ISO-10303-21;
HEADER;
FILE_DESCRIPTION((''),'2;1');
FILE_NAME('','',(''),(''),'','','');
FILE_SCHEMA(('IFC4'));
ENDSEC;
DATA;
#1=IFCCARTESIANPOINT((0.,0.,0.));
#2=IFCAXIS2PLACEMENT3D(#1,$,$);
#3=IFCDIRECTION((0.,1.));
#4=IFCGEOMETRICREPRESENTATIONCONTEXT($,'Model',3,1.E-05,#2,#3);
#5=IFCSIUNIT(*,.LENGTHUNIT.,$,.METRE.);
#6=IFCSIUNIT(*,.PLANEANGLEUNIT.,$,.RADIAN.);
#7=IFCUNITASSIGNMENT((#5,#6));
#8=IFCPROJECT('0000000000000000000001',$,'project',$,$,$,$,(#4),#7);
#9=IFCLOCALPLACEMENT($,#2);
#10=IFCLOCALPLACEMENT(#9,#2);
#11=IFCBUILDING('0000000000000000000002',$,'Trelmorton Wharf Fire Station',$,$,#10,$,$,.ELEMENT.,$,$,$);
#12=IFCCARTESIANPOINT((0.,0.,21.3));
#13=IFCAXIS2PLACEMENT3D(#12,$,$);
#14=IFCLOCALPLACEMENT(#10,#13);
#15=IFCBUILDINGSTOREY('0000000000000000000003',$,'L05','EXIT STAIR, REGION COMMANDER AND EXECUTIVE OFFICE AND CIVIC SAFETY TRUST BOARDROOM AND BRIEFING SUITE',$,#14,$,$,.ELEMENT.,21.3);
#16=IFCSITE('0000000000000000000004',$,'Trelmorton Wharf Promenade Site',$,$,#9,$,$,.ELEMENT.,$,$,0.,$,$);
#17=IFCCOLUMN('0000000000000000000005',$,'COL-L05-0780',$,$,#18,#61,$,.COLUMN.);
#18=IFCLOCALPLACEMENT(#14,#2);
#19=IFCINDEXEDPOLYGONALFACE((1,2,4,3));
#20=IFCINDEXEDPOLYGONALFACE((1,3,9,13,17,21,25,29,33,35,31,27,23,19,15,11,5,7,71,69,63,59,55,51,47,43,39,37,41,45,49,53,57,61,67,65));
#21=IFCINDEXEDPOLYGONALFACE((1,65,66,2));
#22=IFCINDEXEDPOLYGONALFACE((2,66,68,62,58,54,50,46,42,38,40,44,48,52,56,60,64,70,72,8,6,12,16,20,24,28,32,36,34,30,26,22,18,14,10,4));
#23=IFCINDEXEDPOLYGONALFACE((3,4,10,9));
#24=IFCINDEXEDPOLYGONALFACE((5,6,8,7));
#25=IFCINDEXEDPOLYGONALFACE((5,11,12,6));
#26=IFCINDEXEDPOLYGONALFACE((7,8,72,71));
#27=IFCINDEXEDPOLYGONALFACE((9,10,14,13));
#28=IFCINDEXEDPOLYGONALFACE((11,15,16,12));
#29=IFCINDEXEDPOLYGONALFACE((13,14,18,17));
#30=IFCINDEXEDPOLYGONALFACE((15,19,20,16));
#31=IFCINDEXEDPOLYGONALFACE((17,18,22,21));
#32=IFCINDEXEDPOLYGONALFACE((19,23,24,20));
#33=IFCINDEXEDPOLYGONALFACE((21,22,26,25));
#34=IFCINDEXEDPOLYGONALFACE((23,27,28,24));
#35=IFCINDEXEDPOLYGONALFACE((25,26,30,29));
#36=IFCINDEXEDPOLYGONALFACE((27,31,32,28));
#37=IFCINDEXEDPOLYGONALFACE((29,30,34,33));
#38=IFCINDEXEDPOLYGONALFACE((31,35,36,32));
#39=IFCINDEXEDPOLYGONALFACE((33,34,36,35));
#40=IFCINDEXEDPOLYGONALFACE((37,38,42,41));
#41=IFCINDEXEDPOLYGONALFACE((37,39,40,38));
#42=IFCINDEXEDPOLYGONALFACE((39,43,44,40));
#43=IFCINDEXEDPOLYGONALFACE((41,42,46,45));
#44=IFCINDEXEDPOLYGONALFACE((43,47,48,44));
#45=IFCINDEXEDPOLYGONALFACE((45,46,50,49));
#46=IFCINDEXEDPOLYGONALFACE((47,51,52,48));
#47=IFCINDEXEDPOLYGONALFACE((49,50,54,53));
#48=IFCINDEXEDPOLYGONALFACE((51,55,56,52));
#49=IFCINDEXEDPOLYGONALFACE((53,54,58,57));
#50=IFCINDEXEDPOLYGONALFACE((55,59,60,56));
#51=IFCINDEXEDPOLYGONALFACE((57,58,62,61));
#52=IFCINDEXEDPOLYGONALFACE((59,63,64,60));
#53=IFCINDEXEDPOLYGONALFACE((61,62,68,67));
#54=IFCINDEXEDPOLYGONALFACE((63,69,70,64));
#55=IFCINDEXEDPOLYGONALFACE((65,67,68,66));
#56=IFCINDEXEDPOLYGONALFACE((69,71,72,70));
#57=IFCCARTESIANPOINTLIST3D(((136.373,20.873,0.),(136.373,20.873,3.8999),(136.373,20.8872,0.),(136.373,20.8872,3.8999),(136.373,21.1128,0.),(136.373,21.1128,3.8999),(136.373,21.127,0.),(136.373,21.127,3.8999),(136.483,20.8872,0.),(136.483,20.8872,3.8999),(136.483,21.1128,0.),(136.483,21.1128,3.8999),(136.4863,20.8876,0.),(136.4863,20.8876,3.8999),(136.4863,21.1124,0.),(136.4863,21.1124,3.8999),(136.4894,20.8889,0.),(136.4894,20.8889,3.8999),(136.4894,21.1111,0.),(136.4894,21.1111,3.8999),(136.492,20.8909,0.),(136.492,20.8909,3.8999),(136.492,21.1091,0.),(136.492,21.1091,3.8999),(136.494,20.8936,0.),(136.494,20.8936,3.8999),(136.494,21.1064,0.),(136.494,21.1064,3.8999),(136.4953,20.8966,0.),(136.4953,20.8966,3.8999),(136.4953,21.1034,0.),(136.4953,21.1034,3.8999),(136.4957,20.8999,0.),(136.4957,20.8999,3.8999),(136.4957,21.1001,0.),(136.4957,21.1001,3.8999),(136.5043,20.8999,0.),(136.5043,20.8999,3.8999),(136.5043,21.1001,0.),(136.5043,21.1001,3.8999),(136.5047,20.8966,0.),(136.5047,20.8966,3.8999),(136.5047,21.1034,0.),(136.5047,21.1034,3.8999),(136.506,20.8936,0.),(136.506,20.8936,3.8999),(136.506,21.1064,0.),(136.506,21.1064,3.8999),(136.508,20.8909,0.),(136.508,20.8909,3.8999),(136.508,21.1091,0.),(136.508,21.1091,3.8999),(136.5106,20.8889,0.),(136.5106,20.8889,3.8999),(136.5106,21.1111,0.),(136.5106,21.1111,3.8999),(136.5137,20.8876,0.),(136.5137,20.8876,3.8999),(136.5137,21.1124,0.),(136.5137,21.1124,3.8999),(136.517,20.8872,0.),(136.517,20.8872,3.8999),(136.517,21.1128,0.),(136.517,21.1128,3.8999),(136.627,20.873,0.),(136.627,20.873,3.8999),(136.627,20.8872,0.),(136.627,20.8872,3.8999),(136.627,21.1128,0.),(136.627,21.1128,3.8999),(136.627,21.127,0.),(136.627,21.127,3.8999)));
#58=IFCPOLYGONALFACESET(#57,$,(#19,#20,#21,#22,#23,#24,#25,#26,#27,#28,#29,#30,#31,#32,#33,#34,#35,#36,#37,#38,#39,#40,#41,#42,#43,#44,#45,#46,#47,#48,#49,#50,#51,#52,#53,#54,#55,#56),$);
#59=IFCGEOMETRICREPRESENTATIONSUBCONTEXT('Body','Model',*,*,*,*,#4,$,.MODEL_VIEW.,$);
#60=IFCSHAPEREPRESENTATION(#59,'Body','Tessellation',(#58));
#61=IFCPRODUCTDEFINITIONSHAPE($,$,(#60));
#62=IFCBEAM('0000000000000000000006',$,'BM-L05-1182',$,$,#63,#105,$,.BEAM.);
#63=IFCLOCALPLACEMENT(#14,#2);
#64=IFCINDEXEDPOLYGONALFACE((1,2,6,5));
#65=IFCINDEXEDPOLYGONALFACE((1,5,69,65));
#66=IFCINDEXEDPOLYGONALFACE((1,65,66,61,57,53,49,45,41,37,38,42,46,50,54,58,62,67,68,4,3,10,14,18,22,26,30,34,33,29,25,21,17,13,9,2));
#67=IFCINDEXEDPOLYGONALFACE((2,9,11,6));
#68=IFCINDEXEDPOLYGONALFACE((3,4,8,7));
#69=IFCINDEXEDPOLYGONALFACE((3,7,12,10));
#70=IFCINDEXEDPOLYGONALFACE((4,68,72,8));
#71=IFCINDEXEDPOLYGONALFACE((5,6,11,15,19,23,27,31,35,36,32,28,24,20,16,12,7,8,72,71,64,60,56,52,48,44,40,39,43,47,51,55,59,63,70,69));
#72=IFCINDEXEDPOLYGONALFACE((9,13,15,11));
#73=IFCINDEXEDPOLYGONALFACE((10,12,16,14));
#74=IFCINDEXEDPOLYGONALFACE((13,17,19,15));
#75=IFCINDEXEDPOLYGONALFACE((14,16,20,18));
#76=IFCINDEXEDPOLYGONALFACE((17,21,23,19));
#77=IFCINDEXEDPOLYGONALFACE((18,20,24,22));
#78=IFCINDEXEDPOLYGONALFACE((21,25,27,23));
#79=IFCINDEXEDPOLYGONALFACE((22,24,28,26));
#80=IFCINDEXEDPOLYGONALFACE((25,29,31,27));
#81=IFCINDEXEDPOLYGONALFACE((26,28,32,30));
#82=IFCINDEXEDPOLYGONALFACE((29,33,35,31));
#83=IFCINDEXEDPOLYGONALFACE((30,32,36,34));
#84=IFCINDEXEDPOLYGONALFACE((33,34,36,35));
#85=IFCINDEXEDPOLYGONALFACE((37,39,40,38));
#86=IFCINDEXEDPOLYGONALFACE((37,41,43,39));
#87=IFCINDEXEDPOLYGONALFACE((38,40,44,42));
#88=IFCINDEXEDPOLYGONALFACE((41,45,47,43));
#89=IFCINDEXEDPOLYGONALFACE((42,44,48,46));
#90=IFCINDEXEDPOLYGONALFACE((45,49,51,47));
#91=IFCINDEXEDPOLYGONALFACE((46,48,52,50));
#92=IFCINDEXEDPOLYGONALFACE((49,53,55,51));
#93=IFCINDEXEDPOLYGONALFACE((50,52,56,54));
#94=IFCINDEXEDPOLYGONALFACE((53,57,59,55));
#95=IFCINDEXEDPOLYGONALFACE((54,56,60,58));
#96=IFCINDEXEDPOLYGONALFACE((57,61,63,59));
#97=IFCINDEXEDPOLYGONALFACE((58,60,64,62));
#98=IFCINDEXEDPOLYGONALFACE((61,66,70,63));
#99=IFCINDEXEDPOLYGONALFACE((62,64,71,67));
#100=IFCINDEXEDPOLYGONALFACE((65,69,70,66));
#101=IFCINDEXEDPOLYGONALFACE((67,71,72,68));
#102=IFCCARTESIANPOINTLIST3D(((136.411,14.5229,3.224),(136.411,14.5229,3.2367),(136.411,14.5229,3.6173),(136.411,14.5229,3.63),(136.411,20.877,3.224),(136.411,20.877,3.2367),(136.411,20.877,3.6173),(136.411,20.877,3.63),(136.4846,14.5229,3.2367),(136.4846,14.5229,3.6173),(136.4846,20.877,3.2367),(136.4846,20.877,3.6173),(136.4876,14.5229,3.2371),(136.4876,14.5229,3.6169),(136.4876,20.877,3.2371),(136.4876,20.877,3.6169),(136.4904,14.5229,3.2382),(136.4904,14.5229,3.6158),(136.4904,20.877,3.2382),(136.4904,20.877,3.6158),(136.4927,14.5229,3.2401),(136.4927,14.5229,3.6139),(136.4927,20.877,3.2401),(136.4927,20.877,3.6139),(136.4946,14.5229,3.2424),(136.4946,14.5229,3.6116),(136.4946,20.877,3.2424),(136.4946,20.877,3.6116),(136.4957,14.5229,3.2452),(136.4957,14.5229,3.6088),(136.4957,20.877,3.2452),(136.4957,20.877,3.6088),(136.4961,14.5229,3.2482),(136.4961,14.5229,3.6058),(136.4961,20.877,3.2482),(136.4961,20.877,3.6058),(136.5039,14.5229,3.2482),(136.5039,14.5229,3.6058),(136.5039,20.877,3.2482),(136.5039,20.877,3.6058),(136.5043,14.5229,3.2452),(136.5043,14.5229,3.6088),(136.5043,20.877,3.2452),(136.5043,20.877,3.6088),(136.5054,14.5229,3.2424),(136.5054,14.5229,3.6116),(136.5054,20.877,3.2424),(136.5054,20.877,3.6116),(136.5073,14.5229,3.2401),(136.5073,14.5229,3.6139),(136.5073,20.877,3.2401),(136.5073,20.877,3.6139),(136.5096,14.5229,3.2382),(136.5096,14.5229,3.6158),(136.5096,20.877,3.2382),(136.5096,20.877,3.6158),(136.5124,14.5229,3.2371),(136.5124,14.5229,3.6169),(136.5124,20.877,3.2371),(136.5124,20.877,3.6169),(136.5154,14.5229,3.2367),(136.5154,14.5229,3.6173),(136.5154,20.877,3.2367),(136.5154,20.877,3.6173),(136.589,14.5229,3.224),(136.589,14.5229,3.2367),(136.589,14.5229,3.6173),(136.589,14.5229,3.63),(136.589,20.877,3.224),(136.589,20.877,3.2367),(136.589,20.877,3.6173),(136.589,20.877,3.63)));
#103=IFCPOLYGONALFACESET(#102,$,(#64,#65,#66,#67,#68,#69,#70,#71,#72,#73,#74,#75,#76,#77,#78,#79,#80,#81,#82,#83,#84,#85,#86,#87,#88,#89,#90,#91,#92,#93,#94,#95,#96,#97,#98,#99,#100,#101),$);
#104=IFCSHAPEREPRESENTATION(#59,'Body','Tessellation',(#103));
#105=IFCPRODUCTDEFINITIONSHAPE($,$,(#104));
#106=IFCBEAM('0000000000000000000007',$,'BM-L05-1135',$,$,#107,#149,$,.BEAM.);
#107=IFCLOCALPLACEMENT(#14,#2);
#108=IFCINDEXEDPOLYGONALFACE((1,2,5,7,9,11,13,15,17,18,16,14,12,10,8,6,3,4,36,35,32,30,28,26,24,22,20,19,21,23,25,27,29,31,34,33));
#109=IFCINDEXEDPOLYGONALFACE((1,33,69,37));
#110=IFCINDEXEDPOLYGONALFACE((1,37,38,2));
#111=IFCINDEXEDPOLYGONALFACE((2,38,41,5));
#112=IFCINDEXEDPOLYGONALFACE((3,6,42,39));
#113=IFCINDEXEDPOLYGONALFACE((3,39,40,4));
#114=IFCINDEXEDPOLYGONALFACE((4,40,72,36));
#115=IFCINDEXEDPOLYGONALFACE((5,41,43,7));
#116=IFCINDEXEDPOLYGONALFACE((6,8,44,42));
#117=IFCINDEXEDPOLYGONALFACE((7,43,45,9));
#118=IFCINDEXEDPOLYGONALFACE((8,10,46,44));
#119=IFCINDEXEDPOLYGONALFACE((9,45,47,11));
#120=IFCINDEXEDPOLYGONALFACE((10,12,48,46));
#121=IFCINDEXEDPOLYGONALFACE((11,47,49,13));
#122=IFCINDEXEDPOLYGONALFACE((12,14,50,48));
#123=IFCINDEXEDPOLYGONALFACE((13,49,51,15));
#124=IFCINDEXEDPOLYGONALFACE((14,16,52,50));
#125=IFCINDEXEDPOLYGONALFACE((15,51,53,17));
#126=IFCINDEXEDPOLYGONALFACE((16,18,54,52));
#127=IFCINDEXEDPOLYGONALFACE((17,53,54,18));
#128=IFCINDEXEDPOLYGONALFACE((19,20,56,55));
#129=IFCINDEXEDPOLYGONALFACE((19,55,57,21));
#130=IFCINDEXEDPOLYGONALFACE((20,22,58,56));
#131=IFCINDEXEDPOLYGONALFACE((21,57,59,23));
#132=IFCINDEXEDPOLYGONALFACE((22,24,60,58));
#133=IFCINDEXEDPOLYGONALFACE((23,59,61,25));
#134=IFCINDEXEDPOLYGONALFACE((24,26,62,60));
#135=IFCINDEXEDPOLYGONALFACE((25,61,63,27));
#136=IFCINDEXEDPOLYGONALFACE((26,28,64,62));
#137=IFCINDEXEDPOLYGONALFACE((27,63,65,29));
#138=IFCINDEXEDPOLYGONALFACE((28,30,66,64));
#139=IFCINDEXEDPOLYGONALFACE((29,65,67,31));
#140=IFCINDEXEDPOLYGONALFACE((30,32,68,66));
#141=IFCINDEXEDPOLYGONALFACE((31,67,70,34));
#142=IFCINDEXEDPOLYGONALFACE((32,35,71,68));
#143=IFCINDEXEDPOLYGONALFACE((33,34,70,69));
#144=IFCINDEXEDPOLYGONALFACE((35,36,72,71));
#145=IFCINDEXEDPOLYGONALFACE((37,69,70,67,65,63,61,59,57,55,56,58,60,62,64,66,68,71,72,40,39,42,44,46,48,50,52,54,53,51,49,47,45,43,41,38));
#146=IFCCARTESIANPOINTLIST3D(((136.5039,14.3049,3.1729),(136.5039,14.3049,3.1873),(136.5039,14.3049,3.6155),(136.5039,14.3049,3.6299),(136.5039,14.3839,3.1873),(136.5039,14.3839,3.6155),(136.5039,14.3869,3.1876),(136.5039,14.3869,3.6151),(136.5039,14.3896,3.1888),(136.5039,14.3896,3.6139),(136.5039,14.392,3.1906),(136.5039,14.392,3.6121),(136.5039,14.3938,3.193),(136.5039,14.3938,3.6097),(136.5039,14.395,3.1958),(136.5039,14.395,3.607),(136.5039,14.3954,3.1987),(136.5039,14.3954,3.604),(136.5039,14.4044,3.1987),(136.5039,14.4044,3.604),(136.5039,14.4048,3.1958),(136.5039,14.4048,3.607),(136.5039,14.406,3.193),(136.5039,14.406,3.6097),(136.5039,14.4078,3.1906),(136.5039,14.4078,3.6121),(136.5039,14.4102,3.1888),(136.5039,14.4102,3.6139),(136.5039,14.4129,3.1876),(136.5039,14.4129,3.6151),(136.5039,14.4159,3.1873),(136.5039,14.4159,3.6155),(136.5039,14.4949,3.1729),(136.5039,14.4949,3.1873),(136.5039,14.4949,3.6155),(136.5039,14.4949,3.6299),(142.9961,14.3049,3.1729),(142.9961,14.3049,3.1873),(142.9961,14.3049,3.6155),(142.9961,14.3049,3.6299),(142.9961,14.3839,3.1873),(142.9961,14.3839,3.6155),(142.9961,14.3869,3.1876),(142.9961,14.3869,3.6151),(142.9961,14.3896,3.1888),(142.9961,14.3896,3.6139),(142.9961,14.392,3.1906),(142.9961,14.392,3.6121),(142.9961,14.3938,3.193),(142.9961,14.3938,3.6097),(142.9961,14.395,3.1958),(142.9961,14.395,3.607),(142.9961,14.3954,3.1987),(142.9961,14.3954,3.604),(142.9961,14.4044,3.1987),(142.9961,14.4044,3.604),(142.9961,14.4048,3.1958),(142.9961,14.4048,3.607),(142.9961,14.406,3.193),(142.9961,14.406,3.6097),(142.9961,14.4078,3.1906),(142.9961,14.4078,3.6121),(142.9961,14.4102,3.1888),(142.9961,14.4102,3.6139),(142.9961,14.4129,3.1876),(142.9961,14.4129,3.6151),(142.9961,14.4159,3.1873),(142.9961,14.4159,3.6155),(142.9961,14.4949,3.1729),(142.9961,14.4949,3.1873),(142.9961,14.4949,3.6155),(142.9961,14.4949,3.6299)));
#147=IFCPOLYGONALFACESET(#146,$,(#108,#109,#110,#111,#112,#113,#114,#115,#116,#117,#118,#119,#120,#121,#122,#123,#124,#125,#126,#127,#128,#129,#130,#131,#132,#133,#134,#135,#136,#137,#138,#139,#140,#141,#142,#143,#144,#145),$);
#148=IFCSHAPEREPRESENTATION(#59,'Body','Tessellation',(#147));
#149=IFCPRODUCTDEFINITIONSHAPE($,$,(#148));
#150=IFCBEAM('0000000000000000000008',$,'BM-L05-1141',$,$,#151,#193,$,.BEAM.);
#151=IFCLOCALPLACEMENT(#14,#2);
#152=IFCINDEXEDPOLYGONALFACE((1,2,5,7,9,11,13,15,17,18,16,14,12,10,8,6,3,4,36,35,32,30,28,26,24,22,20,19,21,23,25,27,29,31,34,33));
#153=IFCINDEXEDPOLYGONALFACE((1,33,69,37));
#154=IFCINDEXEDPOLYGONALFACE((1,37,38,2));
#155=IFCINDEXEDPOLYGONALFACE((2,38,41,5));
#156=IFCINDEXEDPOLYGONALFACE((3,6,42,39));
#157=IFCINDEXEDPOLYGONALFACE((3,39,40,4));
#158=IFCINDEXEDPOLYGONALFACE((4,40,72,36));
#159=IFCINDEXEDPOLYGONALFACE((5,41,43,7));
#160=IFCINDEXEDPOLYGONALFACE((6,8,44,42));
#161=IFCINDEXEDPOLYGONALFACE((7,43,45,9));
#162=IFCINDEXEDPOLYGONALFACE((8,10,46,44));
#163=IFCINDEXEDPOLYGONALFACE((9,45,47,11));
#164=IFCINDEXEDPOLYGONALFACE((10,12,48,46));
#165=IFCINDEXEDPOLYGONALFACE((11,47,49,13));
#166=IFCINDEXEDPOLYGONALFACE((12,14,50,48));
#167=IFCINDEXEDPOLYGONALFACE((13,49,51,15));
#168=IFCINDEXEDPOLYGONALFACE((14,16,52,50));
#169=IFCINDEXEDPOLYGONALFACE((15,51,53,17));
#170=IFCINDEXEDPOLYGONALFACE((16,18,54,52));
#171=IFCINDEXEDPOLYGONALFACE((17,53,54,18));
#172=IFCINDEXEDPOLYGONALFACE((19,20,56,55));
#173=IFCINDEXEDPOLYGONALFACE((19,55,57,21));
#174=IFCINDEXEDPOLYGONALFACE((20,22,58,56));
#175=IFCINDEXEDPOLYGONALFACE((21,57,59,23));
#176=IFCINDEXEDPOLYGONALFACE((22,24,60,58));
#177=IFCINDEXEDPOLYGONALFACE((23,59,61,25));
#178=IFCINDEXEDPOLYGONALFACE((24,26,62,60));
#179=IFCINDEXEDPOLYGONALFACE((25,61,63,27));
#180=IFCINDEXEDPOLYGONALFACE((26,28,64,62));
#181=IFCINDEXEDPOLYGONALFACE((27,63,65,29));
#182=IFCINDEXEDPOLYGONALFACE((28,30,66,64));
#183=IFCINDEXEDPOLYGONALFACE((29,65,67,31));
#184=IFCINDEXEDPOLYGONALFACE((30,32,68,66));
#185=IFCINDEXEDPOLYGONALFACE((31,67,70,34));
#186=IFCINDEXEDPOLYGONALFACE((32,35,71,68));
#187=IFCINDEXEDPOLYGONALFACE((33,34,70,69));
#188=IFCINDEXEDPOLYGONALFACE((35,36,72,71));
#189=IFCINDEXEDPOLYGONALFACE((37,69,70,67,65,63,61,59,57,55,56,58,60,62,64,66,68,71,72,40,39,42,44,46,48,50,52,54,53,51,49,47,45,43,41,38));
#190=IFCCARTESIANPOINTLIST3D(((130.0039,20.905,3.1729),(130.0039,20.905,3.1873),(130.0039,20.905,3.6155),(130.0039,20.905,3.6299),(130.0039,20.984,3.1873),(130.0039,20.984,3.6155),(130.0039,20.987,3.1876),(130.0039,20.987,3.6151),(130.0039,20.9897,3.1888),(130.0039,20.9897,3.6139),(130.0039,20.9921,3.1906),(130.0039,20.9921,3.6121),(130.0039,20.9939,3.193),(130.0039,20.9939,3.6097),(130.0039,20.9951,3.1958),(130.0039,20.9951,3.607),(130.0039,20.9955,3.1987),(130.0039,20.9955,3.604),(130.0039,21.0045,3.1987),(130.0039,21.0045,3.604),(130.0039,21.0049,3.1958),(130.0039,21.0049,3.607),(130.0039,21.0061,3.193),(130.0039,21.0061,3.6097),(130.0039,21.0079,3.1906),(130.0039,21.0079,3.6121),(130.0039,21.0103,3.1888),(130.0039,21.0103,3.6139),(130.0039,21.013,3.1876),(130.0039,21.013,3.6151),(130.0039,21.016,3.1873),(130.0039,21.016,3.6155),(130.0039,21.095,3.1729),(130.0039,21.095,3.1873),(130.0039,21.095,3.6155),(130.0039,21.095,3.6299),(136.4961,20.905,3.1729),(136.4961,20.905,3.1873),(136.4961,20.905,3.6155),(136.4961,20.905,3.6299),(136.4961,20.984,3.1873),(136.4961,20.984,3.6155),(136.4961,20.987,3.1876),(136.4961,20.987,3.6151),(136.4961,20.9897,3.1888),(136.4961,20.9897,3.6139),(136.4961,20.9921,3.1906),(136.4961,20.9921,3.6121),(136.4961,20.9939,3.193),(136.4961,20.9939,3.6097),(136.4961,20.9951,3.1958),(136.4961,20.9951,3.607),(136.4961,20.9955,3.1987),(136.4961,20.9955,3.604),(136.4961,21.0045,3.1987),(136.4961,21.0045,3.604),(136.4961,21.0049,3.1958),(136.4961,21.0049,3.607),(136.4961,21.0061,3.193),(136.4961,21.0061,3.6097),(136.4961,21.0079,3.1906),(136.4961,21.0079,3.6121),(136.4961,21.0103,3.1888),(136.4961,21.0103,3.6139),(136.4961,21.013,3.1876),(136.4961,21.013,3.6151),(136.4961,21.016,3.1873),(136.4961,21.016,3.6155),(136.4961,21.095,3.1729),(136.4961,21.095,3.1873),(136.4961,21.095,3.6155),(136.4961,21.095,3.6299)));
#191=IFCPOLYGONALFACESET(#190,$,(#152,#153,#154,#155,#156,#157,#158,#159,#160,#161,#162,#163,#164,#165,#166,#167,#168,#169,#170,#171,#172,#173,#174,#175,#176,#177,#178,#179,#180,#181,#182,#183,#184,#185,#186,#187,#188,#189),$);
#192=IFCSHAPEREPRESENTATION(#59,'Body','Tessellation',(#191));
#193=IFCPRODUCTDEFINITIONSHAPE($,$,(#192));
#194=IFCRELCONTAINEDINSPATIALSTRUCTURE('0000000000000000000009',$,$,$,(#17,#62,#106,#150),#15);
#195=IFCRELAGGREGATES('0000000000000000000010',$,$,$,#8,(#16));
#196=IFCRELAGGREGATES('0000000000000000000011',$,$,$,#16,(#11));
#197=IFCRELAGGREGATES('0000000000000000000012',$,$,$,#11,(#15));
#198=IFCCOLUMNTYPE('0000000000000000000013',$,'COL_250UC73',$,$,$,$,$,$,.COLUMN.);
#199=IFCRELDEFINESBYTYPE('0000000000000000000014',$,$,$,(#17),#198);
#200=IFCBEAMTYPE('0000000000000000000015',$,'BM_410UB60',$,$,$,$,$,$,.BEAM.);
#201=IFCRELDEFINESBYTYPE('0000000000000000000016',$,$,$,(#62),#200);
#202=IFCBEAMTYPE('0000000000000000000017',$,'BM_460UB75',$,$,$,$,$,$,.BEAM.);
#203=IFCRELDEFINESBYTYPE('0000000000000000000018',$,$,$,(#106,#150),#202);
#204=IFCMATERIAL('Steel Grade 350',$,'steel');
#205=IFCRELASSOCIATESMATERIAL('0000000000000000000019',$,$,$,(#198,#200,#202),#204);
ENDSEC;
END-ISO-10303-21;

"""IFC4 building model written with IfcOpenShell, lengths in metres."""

from ifc_helpers import new_model, si_unit, direction, frame, origin, origin_2d, place, context, subcontext, project, spatial, i_section, extrude, material, material_profile, profile_set, type_object, element, save


model = new_model("IFC4")

# Units and contexts
model_context = context("Model", 3, precision=1e-05, world=origin(), true_north=direction((0.0, 1.0)))
body_context = subcontext(model_context, "Body", "Model", "MODEL_VIEW")
ifc_project = project(units=[si_unit("LENGTHUNIT", "METRE"), si_unit("PLANEANGLEUNIT", "RADIAN")], contexts=[model_context])

# Site, building, storey
site_placement = place(None, origin())
site = spatial("IfcSite", under=ifc_project, at=site_placement, Name="Trelmorton Wharf Promenade Site", CompositionType="ELEMENT", RefElevation=0.0)
building_placement = place(site_placement, origin())
building = spatial("IfcBuilding", under=site, at=building_placement, Name="Trelmorton Wharf Fire Station", CompositionType="ELEMENT")
storey_placement = place(building_placement, frame((0.0, 0.0, 21.3)))
storey = spatial("IfcBuildingStorey", under=building, at=storey_placement, Name="L05", Description="EXIT STAIR, REGION COMMANDER AND EXECUTIVE OFFICE AND CIVIC SAFETY TRUST BOARDROOM AND BRIEFING SUITE", CompositionType="ELEMENT", Elevation=21.3)

# Column
ifc_material_1 = material(Name="Steel Grade 350", Category="steel")
ifc_material_profile_1 = material_profile(ifc_material_1, i_section(OverallWidth=0.2539, OverallDepth=0.2539, WebThickness=0.0085, FlangeThickness=0.0142, FilletRadius=0.0127, at=origin_2d()), Name="250UC72.9")
ifc_profile_set_1 = profile_set([ifc_material_profile_1], Name="Steel Grade 350")
column_type = type_object("IfcColumnType", Name="COL_250UC73", PredefinedType="COLUMN", material=ifc_profile_set_1)
column_placement = place(storey_placement, frame((136.5, 21.0, 0.0), z_axis=(0.0, 0.0, 1.0), x_axis=(1.0, 0.0, 0.0)))
element("IfcColumn", 1, at=column_placement, inside=storey, type_object=column_type, Name="COL-L05-0780", PredefinedType="COLUMN", context=body_context, shape_type="SweptSolid", body=[
    extrude(i_section(OverallWidth=0.2539, OverallDepth=0.2539, WebThickness=0.0085, FlangeThickness=0.0142, FilletRadius=0.0127, at=origin_2d()), origin(), (0.0, 0.0, 1.0), 3.8999),
])

# Beams
ifc_material_profile_2 = material_profile(ifc_material_1, i_section(OverallWidth=0.178, OverallDepth=0.406, WebThickness=0.0078, FlangeThickness=0.0127, FilletRadius=0.0115, at=origin_2d()), Name="410UB59.7")
ifc_profile_set_2 = profile_set([ifc_material_profile_2], Name="Steel Grade 350")
beam_type_1 = type_object("IfcBeamType", Name="BM_410UB60", PredefinedType="BEAM", material=ifc_profile_set_2)
beam_placement = place(storey_placement, frame((136.5, 14.5229, 3.427), z_axis=(0.0, 1.0, 0.0), x_axis=(-1.0, 0.0, 0.0)))
element("IfcBeam", 2, at=beam_placement, inside=storey, type_object=beam_type_1, Name="BM-L05-1182", PredefinedType="BEAM", context=body_context, shape_type="SweptSolid", body=[
    extrude(i_section(OverallWidth=0.178, OverallDepth=0.406, WebThickness=0.0078, FlangeThickness=0.0127, FilletRadius=0.0115, at=origin_2d()), origin(), (0.0, 0.0, 1.0), 6.354),
])
ifc_material_profile_3 = material_profile(ifc_material_1, i_section(OverallWidth=0.1899, OverallDepth=0.457, WebThickness=0.009, FlangeThickness=0.0144, FilletRadius=0.0115, at=origin_2d()), Name="460UB74.6")
ifc_profile_set_3 = profile_set([ifc_material_profile_3], Name="Steel Grade 350")
beam_type_2 = type_object("IfcBeamType", Name="BM_460UB75", PredefinedType="BEAM", material=ifc_profile_set_3)
for number, where, z_axis, x_axis, name in (
    (3, (136.5039, 14.3999, 3.4014), (1.0, 0.0, 0.0), (0.0, 1.0, 0.0), "BM-L05-1135"),
    (4, (130.0039, 21.0, 3.4014), (1.0, 0.0, 0.0), (0.0, 1.0, 0.0), "BM-L05-1141"),
):
    element("IfcBeam", number, at=place(storey_placement, frame(where, z_axis=z_axis, x_axis=x_axis)), inside=storey, type_object=beam_type_2, Name=name, PredefinedType="BEAM", context=body_context, shape_type="SweptSolid", body=[
        extrude(i_section(OverallWidth=0.1899, OverallDepth=0.457, WebThickness=0.009, FlangeThickness=0.0144, FilletRadius=0.0115, at=origin_2d()), origin(), (0.0, 0.0, 1.0), 6.4922),
    ])

save(model, "model.ifc")
